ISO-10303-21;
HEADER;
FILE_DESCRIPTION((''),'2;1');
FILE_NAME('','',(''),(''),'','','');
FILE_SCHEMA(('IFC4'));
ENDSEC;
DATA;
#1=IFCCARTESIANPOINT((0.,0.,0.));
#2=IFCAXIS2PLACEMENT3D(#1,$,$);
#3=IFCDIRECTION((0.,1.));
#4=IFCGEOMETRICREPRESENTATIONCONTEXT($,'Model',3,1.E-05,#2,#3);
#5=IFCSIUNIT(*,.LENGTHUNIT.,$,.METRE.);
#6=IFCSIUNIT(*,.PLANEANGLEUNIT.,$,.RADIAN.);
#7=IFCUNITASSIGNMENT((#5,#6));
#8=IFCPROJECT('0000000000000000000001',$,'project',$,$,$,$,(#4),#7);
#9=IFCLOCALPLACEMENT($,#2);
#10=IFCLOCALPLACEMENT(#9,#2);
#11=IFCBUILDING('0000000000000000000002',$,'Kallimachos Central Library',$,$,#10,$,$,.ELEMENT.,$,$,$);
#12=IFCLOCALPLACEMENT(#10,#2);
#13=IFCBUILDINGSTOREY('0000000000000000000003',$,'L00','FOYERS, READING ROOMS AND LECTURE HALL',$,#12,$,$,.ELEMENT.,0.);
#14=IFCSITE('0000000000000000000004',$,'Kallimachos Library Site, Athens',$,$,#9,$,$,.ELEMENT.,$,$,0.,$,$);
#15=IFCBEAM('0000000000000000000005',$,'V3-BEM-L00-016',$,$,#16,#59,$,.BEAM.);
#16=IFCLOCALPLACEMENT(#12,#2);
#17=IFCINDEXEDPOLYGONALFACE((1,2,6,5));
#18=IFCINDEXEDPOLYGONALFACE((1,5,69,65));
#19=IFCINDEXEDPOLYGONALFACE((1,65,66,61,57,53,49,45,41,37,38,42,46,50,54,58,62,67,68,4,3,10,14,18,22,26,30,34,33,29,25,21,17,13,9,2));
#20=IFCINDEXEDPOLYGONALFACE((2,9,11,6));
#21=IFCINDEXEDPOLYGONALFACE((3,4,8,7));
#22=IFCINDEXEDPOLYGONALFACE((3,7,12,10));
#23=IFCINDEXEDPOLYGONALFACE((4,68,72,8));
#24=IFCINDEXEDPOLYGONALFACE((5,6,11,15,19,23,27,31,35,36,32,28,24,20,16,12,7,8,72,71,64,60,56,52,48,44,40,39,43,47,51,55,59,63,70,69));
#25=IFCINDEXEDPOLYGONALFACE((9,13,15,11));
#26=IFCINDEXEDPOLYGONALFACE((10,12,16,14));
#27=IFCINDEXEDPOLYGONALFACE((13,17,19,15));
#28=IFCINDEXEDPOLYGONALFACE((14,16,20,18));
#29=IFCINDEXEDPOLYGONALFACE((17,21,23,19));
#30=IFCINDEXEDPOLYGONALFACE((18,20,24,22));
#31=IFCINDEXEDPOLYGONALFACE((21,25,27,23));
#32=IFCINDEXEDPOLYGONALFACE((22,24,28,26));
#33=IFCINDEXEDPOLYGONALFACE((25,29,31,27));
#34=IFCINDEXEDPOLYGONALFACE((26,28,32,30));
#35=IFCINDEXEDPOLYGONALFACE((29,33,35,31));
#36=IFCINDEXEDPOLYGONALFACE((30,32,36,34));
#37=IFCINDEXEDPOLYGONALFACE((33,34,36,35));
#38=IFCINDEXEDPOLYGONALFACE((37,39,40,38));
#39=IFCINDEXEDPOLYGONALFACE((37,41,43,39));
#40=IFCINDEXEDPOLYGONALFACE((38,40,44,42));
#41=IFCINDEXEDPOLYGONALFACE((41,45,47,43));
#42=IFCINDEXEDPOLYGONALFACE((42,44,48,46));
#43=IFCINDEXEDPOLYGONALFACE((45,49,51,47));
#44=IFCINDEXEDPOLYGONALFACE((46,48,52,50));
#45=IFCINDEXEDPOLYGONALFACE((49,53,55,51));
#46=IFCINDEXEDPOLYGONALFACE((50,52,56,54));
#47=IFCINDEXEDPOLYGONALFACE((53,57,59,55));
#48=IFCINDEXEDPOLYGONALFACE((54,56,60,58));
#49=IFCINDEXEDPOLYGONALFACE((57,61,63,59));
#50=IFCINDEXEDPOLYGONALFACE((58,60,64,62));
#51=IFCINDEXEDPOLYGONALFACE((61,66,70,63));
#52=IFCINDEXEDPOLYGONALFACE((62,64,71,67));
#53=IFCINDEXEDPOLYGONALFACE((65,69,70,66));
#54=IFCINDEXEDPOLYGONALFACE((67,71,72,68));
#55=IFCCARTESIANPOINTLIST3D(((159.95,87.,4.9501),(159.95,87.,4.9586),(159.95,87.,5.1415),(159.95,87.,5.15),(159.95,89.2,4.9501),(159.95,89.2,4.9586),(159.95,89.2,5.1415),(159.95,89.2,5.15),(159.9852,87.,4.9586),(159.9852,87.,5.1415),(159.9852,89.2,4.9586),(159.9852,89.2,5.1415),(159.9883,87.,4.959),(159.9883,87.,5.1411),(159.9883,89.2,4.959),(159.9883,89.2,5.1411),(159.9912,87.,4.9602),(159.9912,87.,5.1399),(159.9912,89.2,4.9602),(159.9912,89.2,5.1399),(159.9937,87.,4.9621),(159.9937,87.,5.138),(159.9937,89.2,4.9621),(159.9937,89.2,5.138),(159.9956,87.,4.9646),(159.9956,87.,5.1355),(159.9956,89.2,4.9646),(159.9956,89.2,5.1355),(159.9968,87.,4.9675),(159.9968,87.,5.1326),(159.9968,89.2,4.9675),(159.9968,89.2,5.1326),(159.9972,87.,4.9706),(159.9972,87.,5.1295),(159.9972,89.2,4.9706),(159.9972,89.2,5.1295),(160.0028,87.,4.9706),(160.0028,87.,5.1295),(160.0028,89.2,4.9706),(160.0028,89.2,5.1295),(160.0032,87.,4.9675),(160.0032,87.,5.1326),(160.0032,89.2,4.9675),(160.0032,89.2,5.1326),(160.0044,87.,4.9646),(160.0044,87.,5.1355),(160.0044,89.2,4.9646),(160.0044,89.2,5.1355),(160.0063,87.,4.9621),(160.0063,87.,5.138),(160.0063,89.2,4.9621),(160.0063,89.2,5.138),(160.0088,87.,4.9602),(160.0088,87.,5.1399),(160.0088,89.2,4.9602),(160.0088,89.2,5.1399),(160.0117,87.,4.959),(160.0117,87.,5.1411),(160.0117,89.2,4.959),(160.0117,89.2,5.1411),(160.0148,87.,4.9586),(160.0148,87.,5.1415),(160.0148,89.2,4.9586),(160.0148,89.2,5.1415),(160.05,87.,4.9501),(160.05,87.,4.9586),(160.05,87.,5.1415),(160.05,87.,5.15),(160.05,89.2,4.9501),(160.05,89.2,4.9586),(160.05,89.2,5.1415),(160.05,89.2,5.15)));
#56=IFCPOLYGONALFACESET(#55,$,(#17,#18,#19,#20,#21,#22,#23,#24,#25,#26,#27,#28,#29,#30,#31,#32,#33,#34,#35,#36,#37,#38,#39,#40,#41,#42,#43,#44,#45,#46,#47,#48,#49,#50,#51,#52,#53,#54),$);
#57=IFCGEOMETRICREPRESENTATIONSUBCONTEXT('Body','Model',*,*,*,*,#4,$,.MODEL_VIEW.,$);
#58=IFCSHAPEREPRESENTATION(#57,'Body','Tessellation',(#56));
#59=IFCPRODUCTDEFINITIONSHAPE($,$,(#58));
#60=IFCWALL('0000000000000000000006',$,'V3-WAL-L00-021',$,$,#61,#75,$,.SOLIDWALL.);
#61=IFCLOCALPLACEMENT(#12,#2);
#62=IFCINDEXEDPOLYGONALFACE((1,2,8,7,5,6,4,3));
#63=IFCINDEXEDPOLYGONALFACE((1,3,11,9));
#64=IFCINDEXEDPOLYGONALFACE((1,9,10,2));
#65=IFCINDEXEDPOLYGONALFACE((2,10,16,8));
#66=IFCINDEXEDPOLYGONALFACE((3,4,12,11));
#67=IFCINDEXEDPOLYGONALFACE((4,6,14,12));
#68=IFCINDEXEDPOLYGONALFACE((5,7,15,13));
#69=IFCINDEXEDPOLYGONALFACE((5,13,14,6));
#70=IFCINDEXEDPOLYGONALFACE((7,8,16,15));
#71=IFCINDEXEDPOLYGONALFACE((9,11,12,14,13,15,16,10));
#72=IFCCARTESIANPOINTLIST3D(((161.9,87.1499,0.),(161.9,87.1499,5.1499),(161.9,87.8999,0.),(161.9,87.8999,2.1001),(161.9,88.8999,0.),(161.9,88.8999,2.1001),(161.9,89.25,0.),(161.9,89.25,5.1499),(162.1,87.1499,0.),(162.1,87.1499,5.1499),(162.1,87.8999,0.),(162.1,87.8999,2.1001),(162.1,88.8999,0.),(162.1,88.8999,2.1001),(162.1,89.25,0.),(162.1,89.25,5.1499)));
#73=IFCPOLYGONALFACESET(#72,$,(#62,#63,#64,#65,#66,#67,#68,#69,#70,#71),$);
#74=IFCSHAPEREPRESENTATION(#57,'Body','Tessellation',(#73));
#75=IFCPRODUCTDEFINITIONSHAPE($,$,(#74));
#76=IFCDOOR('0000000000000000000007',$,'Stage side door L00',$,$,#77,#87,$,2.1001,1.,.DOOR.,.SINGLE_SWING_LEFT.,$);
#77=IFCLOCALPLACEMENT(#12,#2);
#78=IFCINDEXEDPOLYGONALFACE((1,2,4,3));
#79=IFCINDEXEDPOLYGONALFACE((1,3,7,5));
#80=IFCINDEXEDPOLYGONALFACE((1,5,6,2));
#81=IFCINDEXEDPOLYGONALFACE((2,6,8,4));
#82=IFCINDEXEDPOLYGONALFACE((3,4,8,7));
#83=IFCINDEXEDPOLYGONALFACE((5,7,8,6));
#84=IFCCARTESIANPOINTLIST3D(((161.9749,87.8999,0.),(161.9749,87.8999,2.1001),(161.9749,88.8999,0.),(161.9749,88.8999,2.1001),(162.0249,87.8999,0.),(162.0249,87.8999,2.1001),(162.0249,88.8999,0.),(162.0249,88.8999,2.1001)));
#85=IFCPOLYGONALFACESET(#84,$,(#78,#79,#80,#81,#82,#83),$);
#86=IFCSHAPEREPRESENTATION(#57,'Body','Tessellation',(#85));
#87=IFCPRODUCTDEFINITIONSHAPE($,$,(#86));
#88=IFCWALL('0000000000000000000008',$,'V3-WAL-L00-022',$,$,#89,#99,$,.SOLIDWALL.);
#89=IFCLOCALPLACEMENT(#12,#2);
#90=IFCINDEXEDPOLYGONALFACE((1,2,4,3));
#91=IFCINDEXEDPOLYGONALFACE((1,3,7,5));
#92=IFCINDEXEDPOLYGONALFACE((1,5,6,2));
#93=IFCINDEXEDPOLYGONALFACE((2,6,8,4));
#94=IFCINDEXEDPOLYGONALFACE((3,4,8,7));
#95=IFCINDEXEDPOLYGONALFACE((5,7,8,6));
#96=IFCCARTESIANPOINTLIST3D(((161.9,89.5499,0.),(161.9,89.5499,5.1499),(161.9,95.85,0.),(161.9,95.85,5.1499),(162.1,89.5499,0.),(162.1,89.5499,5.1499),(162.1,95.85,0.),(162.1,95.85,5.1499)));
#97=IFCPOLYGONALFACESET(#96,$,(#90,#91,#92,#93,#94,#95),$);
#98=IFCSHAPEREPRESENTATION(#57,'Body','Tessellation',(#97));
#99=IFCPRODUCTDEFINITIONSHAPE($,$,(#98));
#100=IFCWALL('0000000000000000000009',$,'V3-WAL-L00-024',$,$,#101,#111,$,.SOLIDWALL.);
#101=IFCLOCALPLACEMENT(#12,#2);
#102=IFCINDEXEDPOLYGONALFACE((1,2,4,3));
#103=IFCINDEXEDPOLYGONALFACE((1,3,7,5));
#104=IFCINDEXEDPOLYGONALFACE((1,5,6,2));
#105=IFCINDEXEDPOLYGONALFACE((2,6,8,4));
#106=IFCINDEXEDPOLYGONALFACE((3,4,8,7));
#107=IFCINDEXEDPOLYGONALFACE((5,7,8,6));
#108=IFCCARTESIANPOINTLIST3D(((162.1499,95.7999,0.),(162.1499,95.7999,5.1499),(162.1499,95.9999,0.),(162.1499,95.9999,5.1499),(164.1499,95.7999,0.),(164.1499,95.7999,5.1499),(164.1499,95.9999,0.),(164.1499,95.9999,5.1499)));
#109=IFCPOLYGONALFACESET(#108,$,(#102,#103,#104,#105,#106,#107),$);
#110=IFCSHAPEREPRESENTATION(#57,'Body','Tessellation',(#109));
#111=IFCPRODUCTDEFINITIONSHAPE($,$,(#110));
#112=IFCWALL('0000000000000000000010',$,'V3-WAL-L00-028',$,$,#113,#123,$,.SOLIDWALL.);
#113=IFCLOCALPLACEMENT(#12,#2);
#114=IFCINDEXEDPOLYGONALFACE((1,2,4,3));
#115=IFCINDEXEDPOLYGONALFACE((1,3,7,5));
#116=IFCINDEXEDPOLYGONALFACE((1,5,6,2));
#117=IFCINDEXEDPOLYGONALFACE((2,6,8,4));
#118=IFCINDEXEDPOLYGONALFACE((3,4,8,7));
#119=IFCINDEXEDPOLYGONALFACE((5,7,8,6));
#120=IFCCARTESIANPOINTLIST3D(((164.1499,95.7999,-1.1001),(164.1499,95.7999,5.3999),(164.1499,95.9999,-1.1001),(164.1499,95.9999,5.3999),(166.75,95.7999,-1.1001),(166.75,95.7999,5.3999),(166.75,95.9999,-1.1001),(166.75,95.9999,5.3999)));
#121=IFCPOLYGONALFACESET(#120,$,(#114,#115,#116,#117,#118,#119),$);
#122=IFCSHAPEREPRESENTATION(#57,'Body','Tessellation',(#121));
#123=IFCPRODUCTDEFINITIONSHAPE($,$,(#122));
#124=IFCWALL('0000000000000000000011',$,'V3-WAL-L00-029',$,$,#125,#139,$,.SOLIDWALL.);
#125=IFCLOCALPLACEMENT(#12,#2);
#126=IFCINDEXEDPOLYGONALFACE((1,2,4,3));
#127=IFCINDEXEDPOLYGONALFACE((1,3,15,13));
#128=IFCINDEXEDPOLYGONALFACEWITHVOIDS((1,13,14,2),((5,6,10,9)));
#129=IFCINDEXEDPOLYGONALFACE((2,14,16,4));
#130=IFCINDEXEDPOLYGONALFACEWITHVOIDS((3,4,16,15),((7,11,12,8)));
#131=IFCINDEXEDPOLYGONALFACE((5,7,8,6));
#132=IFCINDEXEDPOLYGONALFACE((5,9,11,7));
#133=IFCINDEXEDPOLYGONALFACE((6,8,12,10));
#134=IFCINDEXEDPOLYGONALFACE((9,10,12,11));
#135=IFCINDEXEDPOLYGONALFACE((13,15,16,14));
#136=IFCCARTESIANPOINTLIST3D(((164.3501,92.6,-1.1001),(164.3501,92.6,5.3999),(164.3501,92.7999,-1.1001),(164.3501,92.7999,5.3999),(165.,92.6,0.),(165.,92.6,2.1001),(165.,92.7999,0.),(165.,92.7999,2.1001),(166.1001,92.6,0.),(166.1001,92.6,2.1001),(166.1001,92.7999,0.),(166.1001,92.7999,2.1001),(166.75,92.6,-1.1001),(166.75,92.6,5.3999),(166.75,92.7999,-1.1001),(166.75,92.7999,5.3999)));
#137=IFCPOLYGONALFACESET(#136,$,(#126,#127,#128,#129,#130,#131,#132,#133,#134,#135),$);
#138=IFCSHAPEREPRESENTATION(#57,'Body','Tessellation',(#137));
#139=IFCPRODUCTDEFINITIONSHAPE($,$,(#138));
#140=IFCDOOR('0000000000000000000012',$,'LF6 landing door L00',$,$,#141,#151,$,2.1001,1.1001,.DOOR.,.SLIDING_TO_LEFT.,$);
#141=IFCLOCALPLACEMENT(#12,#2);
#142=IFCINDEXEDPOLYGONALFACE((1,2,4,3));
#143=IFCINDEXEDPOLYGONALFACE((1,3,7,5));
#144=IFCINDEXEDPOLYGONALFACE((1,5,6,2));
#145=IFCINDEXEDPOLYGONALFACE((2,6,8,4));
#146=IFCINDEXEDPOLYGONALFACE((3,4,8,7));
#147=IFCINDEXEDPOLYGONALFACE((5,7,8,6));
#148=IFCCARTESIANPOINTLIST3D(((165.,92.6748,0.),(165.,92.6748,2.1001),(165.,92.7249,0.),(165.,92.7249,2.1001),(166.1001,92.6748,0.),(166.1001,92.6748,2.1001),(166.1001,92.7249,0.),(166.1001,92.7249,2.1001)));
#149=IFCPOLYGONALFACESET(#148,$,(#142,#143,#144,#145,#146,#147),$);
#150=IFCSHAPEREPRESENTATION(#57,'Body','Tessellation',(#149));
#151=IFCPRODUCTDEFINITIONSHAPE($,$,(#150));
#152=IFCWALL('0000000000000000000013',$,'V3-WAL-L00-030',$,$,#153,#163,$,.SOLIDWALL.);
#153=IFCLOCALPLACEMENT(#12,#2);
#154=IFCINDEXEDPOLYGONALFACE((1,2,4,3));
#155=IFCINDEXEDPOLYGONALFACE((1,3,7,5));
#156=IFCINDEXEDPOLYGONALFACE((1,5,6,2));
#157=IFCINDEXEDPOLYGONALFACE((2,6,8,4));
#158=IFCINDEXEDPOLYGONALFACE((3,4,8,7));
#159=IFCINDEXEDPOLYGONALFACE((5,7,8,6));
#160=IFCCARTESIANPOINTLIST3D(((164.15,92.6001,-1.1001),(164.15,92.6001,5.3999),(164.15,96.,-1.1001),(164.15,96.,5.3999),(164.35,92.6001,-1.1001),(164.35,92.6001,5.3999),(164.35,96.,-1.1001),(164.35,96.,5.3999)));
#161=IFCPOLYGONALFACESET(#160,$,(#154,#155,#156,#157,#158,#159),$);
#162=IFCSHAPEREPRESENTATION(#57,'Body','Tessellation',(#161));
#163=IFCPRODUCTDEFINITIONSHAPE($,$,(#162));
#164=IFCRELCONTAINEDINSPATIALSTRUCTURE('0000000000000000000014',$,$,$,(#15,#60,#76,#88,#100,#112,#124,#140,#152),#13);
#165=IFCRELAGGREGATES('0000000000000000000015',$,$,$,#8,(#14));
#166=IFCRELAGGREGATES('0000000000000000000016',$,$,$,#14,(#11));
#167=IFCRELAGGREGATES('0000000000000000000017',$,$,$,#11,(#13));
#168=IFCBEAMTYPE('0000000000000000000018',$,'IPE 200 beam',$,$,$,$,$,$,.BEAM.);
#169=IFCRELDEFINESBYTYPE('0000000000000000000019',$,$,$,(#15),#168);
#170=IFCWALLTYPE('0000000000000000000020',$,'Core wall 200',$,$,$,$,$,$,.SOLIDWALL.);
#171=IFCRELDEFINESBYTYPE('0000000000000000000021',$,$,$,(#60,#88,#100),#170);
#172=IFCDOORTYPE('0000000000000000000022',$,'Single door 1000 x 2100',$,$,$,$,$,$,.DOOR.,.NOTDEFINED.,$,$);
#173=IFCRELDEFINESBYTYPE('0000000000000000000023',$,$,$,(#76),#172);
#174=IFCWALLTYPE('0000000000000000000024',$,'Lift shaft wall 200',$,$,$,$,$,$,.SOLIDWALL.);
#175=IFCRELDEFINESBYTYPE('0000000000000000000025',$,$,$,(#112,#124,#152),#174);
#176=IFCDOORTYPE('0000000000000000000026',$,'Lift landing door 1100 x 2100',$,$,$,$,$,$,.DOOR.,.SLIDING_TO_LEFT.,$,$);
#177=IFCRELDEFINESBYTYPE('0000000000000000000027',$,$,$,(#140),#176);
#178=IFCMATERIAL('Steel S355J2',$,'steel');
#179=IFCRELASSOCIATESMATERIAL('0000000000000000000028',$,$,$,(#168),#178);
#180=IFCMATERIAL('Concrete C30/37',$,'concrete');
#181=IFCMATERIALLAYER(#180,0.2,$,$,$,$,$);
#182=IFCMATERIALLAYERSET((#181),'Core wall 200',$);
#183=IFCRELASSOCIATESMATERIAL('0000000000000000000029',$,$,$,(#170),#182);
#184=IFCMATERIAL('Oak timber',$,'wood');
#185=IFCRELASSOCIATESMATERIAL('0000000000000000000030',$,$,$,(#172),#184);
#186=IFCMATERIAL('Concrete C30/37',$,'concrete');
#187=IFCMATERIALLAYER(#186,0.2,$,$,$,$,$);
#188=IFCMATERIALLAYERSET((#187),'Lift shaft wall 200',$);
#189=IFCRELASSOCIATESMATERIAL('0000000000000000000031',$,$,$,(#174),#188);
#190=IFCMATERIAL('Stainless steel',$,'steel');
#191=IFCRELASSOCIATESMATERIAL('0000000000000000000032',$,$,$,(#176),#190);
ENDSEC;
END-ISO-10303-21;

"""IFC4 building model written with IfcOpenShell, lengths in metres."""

from ifc_helpers import new_model, si_unit, direction, frame, frame_2d, origin, origin_2d, place, context, subcontext, project, spatial, rectangle, i_section, extrude, material, layer, layer_set, material_profile, profile_set, type_object, element, fill, save


model = new_model("IFC4")

# Units and contexts
model_context = context("Model", 3, precision=1e-05, world=origin(), true_north=direction((0.0, 1.0)))
body_context = subcontext(model_context, "Body", "Model", "MODEL_VIEW")
ifc_project = project(units=[si_unit("LENGTHUNIT", "METRE"), si_unit("PLANEANGLEUNIT", "RADIAN")], contexts=[model_context])

# Site, building, storey
site_placement = place(None, origin())
site = spatial("IfcSite", under=ifc_project, at=site_placement, Name="Kallimachos Library Site, Athens", CompositionType="ELEMENT", RefElevation=0.0)
building_placement = place(site_placement, origin())
building = spatial("IfcBuilding", under=site, at=building_placement, Name="Kallimachos Central Library", CompositionType="ELEMENT")
storey_placement = place(building_placement, origin())
storey = spatial("IfcBuildingStorey", under=building, at=storey_placement, Name="L00", Description="FOYERS, READING ROOMS AND LECTURE HALL", CompositionType="ELEMENT", Elevation=0.0)

# Beam
ifc_material_1 = material(Name="Steel S355J2", Category="steel")
ifc_material_profile_1 = material_profile(ifc_material_1, i_section(OverallWidth=0.1001, OverallDepth=0.2, WebThickness=0.0056, FlangeThickness=0.0085, FilletRadius=0.012, at=origin_2d()), Name="IPE 200")
ifc_profile_set_1 = profile_set([ifc_material_profile_1], Name="Steel S355J2")
beam_type = type_object("IfcBeamType", Name="IPE 200 beam", PredefinedType="BEAM", material=ifc_profile_set_1)
for number, where, z_axis, x_axis, name in (
    (1, (160.0, 87.0, 5.05), (0.0, 1.0, 0.0), (-1.0, 0.0, 0.0), "V3-BEM-L00-016"),
):
    element("IfcBeam", number, at=place(storey_placement, frame(where, z_axis=z_axis, x_axis=x_axis)), inside=storey, type_object=beam_type, Name=name, PredefinedType="BEAM", context=body_context, shape_type="SweptSolid", body=[
        extrude(i_section(OverallWidth=0.1001, OverallDepth=0.2, WebThickness=0.0056, FlangeThickness=0.0085, FilletRadius=0.012, at=origin_2d()), origin(), (0.0, 0.0, 1.0), 2.2),
    ])

# Wall, opening, door
ifc_material_2 = material(Name="Concrete C30/37", Category="concrete")
ifc_layer_1 = layer(ifc_material_2, 0.2)
ifc_layer_set_1 = layer_set([ifc_layer_1], Name="Core wall 200")
wall_type_1 = type_object("IfcWallType", Name="Core wall 200", PredefinedType="SOLIDWALL", material=ifc_layer_set_1)
wall_1_placement = place(storey_placement, frame((162.0, 87.1499, 0.0), z_axis=(0.0, 0.0, 1.0), x_axis=(0.0, 1.0, 0.0)))
wall_1 = element("IfcWall", 2, at=wall_1_placement, inside=storey, type_object=wall_type_1, Name="V3-WAL-L00-021", PredefinedType="SOLIDWALL", context=body_context, shape_type="SweptSolid", body=[
    extrude(rectangle(XDim=2.1001, YDim=0.2, at=frame_2d((1.05, 0.0))), origin(), (0.0, 0.0, 1.0), 5.1499),
])
opening_1_placement = place(wall_1_placement, frame((0.75, 0.0, 0.0)))
opening_1 = element("IfcOpeningElement", 3, at=opening_1_placement, cuts=wall_1, PredefinedType="OPENING", context=body_context, shape_type="SweptSolid", body=[
    extrude(rectangle(XDim=1.0, YDim=2.1001, at=frame_2d((0.5, 1.05))), frame((0.0, 0.1099, 0.0), z_axis=(0.0, -1.0, 0.0), x_axis=(1.0, 0.0, 0.0)), (0.0, 0.0, 1.0), 0.22),
])
ifc_material_3 = material(Name="Oak timber", Category="wood")
door_type_1 = type_object("IfcDoorType", Name="Single door 1000 x 2100", OperationType="NOTDEFINED", PredefinedType="DOOR", material=ifc_material_3)
door_1_placement = place(opening_1_placement, frame((1.0, 0.0, 0.0), z_axis=(0.0, 0.0, 1.0), x_axis=(-1.0, 0.0, 0.0)))
door_1 = element("IfcDoor", 4, at=door_1_placement, inside=storey, type_object=door_type_1, Name="Stage side door L00", OperationType="SINGLE_SWING_LEFT", OverallHeight=2.1001, OverallWidth=1.0, PredefinedType="DOOR", context=body_context, shape_type="SweptSolid", body=[
    extrude(rectangle(XDim=1.0, YDim=2.1001, at=frame_2d((0.5, 1.05))), frame((0.0, 0.0249, 0.0), z_axis=(0.0, -1.0, 0.0), x_axis=(1.0, 0.0, 0.0)), (0.0, 0.0, 1.0), 0.05),
])
fill(opening_1, door_1)

# Walls
wall_2_placement = place(storey_placement, frame((162.0, 89.55, 0.0), z_axis=(0.0, 0.0, 1.0), x_axis=(0.0, 1.0, 0.0)))
element("IfcWall", 5, at=wall_2_placement, inside=storey, type_object=wall_type_1, Name="V3-WAL-L00-022", PredefinedType="SOLIDWALL", context=body_context, shape_type="SweptSolid", body=[
    extrude(rectangle(XDim=6.3, YDim=0.2, at=frame_2d((3.1499, 0.0))), origin(), (0.0, 0.0, 1.0), 5.1499),
])
wall_3_placement = place(storey_placement, frame((162.1499, 95.8999, 0.0), z_axis=(0.0, 0.0, 1.0), x_axis=(1.0, 0.0, 0.0)))
element("IfcWall", 6, at=wall_3_placement, inside=storey, type_object=wall_type_1, Name="V3-WAL-L00-024", PredefinedType="SOLIDWALL", context=body_context, shape_type="SweptSolid", body=[
    extrude(rectangle(XDim=2.0, YDim=0.2, at=frame_2d((1.0, 0.0))), origin(), (0.0, 0.0, 1.0), 5.1499),
])
ifc_material_4 = material(Name="Concrete C30/37", Category="concrete")
ifc_layer_2 = layer(ifc_material_4, 0.2)
ifc_layer_set_2 = layer_set([ifc_layer_2], Name="Lift shaft wall 200")
wall_type_2 = type_object("IfcWallType", Name="Lift shaft wall 200", PredefinedType="SOLIDWALL", material=ifc_layer_set_2)
wall_4_placement = place(storey_placement, frame((164.1499, 95.8999, -1.1001), z_axis=(0.0, 0.0, 1.0), x_axis=(1.0, 0.0, 0.0)))
element("IfcWall", 7, at=wall_4_placement, inside=storey, type_object=wall_type_2, Name="V3-WAL-L00-028", PredefinedType="SOLIDWALL", context=body_context, shape_type="SweptSolid", body=[
    extrude(rectangle(XDim=2.6001, YDim=0.2, at=frame_2d((1.3, 0.0))), origin(), (0.0, 0.0, 1.0), 6.5),
])

# Wall, opening, door
wall_5_placement = place(storey_placement, frame((164.3501, 92.7, -1.1001), z_axis=(0.0, 0.0, 1.0), x_axis=(1.0, 0.0, 0.0)))
wall_5 = element("IfcWall", 8, at=wall_5_placement, inside=storey, type_object=wall_type_2, Name="V3-WAL-L00-029", PredefinedType="SOLIDWALL", context=body_context, shape_type="SweptSolid", body=[
    extrude(rectangle(XDim=2.3999, YDim=0.2, at=frame_2d((1.2, 0.0))), origin(), (0.0, 0.0, 1.0), 6.5),
])
opening_2_placement = place(wall_5_placement, frame((0.6499, 0.0, 1.1001)))
opening_2 = element("IfcOpeningElement", 9, at=opening_2_placement, cuts=wall_5, PredefinedType="OPENING", context=body_context, shape_type="SweptSolid", body=[
    extrude(rectangle(XDim=1.1001, YDim=2.1001, at=frame_2d((0.55, 1.05))), frame((0.0, 0.1099, 0.0), z_axis=(0.0, -1.0, 0.0), x_axis=(1.0, 0.0, 0.0)), (0.0, 0.0, 1.0), 0.22),
])
ifc_material_5 = material(Name="Stainless steel", Category="steel")
door_type_2 = type_object("IfcDoorType", Name="Lift landing door 1100 x 2100", OperationType="SLIDING_TO_LEFT", PredefinedType="DOOR", material=ifc_material_5)
door_2_placement = place(opening_2_placement, origin())
door_2 = element("IfcDoor", 10, at=door_2_placement, inside=storey, type_object=door_type_2, Name="LF6 landing door L00", OperationType="SLIDING_TO_LEFT", OverallHeight=2.1001, OverallWidth=1.1001, PredefinedType="DOOR", context=body_context, shape_type="SweptSolid", body=[
    extrude(rectangle(XDim=1.1001, YDim=2.1001, at=frame_2d((0.55, 1.05))), frame((0.0, 0.0249, 0.0), z_axis=(0.0, -1.0, 0.0), x_axis=(1.0, 0.0, 0.0)), (0.0, 0.0, 1.0), 0.05),
])
fill(opening_2, door_2)

# Wall
wall_6_placement = place(storey_placement, frame((164.25, 92.6001, -1.1001), z_axis=(0.0, 0.0, 1.0), x_axis=(0.0, 1.0, 0.0)))
element("IfcWall", 11, at=wall_6_placement, inside=storey, type_object=wall_type_2, Name="V3-WAL-L00-030", PredefinedType="SOLIDWALL", context=body_context, shape_type="SweptSolid", body=[
    extrude(rectangle(XDim=3.3999, YDim=0.2, at=frame_2d((1.7, 0.0))), origin(), (0.0, 0.0, 1.0), 6.5),
])

save(model, "model.ifc")
